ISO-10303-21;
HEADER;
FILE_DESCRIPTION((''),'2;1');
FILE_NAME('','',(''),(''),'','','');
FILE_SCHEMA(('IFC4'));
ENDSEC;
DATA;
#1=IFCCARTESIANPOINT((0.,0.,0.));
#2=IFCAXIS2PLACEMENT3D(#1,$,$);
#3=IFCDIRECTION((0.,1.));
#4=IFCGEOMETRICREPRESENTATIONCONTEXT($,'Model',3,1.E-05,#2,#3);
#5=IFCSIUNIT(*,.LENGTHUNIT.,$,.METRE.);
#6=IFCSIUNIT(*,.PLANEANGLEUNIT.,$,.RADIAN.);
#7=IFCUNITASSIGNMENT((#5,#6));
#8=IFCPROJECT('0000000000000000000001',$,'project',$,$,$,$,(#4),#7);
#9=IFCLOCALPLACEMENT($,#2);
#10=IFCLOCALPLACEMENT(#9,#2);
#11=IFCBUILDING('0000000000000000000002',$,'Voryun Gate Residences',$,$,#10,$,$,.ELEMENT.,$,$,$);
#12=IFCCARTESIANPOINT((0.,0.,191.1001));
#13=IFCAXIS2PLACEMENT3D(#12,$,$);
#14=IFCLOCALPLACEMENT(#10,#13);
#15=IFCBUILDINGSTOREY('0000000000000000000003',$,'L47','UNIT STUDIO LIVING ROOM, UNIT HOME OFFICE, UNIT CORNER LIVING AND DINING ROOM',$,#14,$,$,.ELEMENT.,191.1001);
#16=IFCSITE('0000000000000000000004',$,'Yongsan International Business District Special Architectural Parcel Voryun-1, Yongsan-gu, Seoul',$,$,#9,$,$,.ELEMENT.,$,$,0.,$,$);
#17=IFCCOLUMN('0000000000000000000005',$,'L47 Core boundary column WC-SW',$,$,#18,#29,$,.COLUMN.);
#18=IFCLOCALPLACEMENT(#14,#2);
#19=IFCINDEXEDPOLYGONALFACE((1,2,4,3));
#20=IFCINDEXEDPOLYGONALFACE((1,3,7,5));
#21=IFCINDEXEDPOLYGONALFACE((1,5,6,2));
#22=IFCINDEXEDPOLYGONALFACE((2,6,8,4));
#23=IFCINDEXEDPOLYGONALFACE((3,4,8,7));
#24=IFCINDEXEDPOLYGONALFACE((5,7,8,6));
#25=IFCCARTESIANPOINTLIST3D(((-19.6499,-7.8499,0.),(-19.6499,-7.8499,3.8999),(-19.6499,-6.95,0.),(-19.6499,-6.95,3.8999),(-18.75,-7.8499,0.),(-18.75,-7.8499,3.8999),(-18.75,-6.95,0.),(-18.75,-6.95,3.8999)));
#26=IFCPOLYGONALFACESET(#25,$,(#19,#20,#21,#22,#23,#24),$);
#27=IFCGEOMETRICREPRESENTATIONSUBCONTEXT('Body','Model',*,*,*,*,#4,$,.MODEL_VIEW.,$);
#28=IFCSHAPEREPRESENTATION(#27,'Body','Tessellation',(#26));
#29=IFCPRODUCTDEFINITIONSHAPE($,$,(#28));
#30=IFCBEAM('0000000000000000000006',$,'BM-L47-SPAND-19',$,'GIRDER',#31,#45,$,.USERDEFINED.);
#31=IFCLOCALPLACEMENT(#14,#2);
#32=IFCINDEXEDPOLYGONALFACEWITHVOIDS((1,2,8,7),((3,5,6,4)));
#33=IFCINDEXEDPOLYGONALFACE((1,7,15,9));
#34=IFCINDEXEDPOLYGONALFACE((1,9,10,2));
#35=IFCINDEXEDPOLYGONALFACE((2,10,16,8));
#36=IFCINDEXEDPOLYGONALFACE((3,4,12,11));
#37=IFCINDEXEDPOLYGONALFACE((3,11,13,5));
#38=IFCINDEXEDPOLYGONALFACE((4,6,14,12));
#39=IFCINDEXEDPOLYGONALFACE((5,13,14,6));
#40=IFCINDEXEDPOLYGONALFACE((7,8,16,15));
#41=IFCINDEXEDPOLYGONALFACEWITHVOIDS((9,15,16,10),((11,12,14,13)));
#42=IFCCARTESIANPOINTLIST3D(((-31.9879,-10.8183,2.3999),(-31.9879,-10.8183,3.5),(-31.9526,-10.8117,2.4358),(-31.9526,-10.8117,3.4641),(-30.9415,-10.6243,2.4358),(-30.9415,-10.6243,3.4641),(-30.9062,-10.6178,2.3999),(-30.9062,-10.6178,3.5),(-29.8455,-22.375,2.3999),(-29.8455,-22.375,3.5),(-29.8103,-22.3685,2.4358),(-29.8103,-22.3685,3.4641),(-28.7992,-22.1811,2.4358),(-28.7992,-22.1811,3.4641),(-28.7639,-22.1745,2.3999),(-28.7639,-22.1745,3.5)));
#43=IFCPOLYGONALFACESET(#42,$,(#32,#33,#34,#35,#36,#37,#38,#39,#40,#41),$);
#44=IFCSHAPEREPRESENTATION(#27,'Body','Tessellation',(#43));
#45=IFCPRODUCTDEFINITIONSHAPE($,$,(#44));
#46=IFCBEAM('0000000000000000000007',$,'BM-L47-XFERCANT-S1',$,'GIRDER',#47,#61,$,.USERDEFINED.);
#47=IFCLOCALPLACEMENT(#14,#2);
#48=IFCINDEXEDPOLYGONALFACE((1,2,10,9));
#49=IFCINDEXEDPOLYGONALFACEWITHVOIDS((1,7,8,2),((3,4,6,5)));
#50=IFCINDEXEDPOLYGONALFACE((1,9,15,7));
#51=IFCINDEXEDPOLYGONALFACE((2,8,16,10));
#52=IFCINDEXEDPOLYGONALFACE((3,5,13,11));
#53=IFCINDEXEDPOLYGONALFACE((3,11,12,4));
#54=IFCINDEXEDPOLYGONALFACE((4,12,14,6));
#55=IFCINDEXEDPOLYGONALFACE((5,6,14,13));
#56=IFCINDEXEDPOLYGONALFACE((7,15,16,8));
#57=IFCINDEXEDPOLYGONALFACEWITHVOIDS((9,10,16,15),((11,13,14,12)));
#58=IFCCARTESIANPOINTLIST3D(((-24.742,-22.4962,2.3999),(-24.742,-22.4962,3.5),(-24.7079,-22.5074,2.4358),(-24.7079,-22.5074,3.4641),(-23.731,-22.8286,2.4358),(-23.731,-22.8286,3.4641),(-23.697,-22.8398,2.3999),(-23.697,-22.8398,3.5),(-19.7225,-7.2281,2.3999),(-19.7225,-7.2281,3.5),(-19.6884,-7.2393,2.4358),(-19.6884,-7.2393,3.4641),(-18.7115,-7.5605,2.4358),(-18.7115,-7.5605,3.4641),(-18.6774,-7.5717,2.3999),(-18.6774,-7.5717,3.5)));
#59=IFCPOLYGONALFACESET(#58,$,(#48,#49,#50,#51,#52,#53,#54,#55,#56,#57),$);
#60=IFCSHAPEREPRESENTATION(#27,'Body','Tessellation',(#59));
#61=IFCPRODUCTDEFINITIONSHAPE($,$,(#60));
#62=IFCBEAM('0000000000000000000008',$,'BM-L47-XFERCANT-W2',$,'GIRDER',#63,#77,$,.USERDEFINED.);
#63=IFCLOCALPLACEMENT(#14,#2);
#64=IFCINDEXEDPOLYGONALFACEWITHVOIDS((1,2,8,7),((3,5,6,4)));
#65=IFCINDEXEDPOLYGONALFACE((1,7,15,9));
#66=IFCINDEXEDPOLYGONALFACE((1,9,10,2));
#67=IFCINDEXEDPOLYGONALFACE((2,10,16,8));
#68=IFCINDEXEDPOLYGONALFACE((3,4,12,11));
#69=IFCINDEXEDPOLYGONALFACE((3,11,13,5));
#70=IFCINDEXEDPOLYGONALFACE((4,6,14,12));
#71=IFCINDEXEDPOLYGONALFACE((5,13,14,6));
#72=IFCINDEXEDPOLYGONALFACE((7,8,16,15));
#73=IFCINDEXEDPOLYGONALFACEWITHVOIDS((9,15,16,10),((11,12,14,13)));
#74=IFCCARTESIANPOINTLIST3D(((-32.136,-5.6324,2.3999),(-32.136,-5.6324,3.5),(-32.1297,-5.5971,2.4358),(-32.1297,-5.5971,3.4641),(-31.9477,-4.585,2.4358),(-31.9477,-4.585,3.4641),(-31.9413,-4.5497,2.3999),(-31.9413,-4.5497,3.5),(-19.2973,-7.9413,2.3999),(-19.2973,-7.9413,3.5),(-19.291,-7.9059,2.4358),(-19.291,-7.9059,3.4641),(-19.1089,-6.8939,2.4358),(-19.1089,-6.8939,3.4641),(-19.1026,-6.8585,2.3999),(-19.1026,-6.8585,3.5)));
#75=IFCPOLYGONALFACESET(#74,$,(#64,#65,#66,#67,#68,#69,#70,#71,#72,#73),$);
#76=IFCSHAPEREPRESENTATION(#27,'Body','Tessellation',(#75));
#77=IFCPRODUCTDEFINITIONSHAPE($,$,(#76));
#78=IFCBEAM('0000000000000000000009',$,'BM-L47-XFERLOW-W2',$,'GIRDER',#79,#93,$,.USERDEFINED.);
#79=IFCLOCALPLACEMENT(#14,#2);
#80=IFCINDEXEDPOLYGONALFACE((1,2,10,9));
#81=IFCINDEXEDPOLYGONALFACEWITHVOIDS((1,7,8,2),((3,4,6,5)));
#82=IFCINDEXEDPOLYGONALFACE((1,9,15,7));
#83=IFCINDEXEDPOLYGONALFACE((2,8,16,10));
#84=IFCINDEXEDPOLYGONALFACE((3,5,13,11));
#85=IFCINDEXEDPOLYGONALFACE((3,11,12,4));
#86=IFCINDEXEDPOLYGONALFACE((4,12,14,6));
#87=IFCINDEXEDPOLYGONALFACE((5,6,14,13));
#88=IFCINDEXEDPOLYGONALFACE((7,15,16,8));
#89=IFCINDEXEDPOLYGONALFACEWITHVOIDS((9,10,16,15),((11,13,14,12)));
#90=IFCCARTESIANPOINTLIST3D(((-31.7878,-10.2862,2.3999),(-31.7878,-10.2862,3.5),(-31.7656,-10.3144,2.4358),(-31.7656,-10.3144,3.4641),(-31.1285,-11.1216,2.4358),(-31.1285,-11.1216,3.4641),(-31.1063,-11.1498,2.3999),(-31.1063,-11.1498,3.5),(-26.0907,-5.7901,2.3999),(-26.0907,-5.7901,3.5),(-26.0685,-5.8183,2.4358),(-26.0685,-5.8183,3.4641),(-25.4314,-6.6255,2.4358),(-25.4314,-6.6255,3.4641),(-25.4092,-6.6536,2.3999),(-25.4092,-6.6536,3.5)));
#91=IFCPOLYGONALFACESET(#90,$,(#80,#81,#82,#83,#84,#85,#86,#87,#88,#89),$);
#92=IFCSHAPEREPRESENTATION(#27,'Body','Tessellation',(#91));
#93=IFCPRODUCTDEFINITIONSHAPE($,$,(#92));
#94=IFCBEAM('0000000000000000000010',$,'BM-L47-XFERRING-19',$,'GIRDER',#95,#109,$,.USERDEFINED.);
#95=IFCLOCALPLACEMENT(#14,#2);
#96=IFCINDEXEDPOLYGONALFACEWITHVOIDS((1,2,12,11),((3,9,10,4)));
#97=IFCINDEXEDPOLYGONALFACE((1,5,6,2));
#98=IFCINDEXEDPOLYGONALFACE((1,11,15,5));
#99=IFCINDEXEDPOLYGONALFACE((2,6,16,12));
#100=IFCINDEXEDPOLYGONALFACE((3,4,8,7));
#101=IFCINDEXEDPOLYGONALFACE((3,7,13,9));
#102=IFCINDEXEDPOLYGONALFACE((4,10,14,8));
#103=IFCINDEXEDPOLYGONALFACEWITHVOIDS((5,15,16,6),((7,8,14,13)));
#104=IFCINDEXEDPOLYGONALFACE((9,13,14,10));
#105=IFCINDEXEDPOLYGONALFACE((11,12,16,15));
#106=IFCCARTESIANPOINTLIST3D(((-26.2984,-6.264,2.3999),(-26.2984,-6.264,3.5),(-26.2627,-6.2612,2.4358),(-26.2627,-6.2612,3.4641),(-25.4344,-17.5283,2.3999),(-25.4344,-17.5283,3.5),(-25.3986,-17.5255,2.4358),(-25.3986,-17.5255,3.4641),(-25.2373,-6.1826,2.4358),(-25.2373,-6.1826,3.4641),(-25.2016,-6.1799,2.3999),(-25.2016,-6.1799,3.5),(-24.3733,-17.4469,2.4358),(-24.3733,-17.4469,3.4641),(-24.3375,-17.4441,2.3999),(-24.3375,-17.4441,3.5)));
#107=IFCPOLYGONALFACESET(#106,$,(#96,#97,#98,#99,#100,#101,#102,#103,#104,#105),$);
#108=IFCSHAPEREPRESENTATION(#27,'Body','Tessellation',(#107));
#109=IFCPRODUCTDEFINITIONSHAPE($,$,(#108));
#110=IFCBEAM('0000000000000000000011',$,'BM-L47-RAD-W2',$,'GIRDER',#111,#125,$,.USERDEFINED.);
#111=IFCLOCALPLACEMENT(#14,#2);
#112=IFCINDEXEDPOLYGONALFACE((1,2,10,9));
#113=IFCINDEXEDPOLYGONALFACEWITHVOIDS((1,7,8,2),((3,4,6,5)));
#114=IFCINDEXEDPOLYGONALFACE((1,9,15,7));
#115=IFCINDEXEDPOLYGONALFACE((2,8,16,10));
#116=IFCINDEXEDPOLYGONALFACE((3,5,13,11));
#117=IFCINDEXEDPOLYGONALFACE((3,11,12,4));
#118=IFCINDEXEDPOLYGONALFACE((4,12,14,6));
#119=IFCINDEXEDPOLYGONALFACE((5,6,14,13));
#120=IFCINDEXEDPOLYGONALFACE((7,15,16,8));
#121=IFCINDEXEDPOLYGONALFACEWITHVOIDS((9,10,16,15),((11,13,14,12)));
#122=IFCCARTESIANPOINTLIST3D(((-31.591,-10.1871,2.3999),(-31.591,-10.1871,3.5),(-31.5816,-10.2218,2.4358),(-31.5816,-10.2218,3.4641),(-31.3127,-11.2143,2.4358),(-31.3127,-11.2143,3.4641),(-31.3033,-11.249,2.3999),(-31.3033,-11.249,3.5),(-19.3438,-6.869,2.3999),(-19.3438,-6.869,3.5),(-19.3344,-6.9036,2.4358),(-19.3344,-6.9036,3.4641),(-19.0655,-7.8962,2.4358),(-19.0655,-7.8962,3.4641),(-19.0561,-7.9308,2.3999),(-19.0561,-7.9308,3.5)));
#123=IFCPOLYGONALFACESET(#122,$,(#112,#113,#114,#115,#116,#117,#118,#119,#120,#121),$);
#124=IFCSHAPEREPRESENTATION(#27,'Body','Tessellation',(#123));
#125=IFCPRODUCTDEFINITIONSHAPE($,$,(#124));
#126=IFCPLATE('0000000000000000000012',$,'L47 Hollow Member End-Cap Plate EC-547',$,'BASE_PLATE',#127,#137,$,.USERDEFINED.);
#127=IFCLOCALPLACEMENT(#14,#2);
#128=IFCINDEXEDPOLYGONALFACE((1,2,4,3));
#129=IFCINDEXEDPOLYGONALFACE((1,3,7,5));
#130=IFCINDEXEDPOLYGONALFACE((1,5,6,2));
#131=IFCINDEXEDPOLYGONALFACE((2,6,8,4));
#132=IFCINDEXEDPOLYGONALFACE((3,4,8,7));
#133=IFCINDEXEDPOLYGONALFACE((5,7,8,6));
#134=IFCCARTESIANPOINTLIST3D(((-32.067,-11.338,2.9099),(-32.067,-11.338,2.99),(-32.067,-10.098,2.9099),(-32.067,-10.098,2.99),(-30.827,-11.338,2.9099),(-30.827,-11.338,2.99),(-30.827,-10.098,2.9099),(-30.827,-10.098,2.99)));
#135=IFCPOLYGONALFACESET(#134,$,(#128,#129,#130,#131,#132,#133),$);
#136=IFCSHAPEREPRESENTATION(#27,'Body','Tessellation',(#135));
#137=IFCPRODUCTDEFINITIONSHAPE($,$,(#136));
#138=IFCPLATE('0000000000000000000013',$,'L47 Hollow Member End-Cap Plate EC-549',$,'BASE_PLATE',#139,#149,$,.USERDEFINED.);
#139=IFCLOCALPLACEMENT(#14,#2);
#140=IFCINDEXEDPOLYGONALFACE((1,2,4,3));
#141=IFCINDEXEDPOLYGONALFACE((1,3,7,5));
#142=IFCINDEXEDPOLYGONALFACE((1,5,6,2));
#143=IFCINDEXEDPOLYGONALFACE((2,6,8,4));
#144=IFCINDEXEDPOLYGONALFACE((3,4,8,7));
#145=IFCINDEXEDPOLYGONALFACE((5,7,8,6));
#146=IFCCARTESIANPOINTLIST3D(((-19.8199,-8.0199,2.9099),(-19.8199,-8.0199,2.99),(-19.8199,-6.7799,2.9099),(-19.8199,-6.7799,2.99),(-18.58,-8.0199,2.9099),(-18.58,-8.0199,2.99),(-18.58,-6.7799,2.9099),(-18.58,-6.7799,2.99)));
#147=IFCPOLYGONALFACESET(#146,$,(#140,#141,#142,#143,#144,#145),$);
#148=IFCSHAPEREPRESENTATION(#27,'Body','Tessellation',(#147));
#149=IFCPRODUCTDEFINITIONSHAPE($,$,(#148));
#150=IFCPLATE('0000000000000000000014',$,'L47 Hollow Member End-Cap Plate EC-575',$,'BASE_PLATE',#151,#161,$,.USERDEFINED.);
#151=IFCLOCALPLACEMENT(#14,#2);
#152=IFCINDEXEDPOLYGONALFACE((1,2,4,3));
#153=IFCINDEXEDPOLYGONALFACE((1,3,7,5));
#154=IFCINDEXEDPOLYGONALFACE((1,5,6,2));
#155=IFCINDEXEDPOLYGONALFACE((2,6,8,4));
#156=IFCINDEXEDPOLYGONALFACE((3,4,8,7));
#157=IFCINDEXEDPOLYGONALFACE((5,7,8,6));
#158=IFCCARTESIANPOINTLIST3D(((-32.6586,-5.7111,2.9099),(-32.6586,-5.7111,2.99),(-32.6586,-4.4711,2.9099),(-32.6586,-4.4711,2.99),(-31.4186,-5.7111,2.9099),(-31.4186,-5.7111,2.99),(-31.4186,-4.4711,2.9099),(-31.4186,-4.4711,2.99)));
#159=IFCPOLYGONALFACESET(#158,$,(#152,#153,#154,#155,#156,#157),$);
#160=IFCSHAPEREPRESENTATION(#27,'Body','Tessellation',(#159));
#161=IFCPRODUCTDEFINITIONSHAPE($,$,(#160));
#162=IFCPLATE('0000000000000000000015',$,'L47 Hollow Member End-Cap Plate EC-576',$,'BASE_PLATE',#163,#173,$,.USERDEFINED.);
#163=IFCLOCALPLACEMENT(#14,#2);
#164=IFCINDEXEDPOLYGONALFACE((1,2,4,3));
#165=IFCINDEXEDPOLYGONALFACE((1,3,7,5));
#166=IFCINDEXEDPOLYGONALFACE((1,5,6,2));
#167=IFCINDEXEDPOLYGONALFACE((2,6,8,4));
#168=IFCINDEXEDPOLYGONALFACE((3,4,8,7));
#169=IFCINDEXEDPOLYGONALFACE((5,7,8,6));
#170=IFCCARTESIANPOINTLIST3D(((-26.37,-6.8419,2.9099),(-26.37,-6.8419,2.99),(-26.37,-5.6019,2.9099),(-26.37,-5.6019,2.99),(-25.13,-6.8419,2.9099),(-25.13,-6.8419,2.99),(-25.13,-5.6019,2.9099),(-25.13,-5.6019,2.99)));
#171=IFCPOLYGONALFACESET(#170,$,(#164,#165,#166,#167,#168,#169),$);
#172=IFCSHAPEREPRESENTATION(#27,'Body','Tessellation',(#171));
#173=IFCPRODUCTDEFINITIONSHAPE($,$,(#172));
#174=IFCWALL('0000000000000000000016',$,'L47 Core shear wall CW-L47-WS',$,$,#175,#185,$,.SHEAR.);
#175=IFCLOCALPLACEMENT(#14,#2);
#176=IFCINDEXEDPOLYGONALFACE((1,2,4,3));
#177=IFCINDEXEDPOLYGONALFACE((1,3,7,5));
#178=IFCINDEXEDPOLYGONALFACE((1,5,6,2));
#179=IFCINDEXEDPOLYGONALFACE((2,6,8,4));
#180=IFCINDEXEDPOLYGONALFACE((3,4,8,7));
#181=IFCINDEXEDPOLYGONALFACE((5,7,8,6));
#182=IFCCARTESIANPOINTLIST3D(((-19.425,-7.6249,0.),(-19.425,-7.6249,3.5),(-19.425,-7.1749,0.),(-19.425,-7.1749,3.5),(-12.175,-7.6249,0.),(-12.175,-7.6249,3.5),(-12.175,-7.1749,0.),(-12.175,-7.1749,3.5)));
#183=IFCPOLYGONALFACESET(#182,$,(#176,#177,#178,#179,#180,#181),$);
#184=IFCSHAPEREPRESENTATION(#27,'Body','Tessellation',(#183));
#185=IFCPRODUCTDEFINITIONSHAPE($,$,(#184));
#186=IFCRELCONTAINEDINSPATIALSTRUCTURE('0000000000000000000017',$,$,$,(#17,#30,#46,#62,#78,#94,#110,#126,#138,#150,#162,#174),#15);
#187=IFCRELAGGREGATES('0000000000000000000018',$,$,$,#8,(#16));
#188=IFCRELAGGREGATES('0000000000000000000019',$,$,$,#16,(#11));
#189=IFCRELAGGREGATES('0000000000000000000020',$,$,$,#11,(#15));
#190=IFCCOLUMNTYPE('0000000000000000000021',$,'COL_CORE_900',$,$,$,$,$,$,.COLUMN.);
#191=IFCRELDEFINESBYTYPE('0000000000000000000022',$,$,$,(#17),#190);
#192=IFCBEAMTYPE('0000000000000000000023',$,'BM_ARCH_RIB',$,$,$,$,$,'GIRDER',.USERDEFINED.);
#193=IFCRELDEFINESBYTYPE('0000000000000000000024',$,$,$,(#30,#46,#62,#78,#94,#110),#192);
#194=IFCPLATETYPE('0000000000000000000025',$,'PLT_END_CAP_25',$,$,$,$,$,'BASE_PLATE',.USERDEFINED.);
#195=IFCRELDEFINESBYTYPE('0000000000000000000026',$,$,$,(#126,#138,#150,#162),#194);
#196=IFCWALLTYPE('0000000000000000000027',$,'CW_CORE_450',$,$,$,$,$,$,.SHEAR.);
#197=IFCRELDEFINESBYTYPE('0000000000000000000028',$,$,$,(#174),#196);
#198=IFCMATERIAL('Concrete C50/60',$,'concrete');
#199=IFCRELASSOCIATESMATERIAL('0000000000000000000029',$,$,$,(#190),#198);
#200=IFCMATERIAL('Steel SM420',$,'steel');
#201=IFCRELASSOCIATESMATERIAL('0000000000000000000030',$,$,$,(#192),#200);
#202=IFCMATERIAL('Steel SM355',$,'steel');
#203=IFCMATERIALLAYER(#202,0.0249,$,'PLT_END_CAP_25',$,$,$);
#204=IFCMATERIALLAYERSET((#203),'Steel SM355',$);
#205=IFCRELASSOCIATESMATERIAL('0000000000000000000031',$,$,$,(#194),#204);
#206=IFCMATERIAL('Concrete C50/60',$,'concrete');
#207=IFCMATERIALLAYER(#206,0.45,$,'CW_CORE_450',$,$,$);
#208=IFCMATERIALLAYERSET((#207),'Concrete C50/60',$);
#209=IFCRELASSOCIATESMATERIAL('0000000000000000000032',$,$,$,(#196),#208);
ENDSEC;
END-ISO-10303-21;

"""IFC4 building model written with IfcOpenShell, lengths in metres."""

from ifc_helpers import new_model, si_unit, direction, frame, frame_2d, origin, origin_2d, place, context, subcontext, project, spatial, rectangle, hollow_rectangle, extrude, material, layer, layer_set, material_profile, profile_set, type_object, element, save


model = new_model("IFC4")

# Units and contexts
model_context = context("Model", 3, precision=1e-05, world=origin(), true_north=direction((0.0, 1.0)))
body_context = subcontext(model_context, "Body", "Model", "MODEL_VIEW")
ifc_project = project(units=[si_unit("LENGTHUNIT", "METRE"), si_unit("PLANEANGLEUNIT", "RADIAN")], contexts=[model_context])

# Site, building, storey
site_placement = place(None, origin())
site = spatial("IfcSite", under=ifc_project, at=site_placement, Name="Yongsan International Business District Special Architectural Parcel Voryun-1, Yongsan-gu, Seoul", CompositionType="ELEMENT", RefElevation=0.0)
building_placement = place(site_placement, origin())
building = spatial("IfcBuilding", under=site, at=building_placement, Name="Voryun Gate Residences", CompositionType="ELEMENT")
storey_placement = place(building_placement, frame((0.0, 0.0, 191.1001)))
storey = spatial("IfcBuildingStorey", under=building, at=storey_placement, Name="L47", Description="UNIT STUDIO LIVING ROOM, UNIT HOME OFFICE, UNIT CORNER LIVING AND DINING ROOM", CompositionType="ELEMENT", Elevation=191.1001)

# Column
ifc_material_1 = material(Name="Concrete C50/60", Category="concrete")
ifc_material_profile_1 = material_profile(ifc_material_1, rectangle(XDim=0.8999, YDim=0.8999, at=origin_2d()), Name="RC-900x900")
ifc_profile_set_1 = profile_set([ifc_material_profile_1], Name="Concrete C50/60")
column_type = type_object("IfcColumnType", Name="COL_CORE_900", PredefinedType="COLUMN", material=ifc_profile_set_1)
column_placement = place(storey_placement, frame((-19.2, -7.3999, 0.0), z_axis=(0.0, 0.0, 1.0), x_axis=(1.0, 0.0, 0.0)))
element("IfcColumn", 1, at=column_placement, inside=storey, type_object=column_type, Name="L47 Core boundary column WC-SW", PredefinedType="COLUMN", context=body_context, shape_type="SweptSolid", body=[
    extrude(rectangle(XDim=0.8999, YDim=0.8999, at=origin_2d()), origin(), (0.0, 0.0, 1.0), 3.8999),
])

# Beams
ifc_material_2 = material(Name="Steel SM420", Category="steel")
ifc_material_profile_2 = material_profile(ifc_material_2, hollow_rectangle(XDim=1.1001, YDim=1.1001, WallThickness=0.0359, at=origin_2d()), Name="BOX-1100x1100x36")
ifc_profile_set_2 = profile_set([ifc_material_profile_2], Name="Steel SM420")
beam_type = type_object("IfcBeamType", Name="BM_ARCH_RIB", ElementType="GIRDER", PredefinedType="USERDEFINED", material=ifc_profile_set_2)
beam_1_placement = place(storey_placement, frame((-31.447, -10.718, 2.95), z_axis=(0.182268, -0.983249, 0.0), x_axis=(0.983249, 0.182268, 0.0)))
element("IfcBeam", 2, at=beam_1_placement, inside=storey, type_object=beam_type, Name="BM-L47-SPAND-19", ObjectType="GIRDER", PredefinedType="USERDEFINED", context=body_context, shape_type="SweptSolid", body=[
    extrude(hollow_rectangle(XDim=1.1001, YDim=1.1001, WallThickness=0.0359, at=origin_2d()), origin(), (0.0, 0.0, 1.0), 11.7537),
])
beam_2_placement = place(storey_placement, frame((-19.2, -7.3999, 2.95), z_axis=(-0.312315, -0.949979, 0.0), x_axis=(0.949979, -0.312315, 0.0)))
element("IfcBeam", 3, at=beam_2_placement, inside=storey, type_object=beam_type, Name="BM-L47-XFERCANT-S1", ObjectType="GIRDER", PredefinedType="USERDEFINED", context=body_context, shape_type="SweptSolid", body=[
    extrude(hollow_rectangle(XDim=1.1001, YDim=1.1001, WallThickness=0.0359, at=origin_2d()), origin(), (0.0, 0.0, 1.0), 16.072),
])
beam_3_placement = place(storey_placement, frame((-19.2, -7.3999, 2.95), z_axis=(-0.984212, 0.176996, 0.0), x_axis=(-0.176996, -0.984212, 0.0)))
element("IfcBeam", 4, at=beam_3_placement, inside=storey, type_object=beam_type, Name="BM-L47-XFERCANT-W2", ObjectType="GIRDER", PredefinedType="USERDEFINED", context=body_context, shape_type="SweptSolid", body=[
    extrude(hollow_rectangle(XDim=1.1001, YDim=1.1001, WallThickness=0.0359, at=origin_2d()), origin(), (0.0, 0.0, 1.0), 13.0447),
])
beam_4_placement = place(storey_placement, frame((-31.447, -10.718, 2.95), z_axis=(0.784987, 0.619512, 0.0), x_axis=(-0.619512, 0.784987, 0.0)))
element("IfcBeam", 5, at=beam_4_placement, inside=storey, type_object=beam_type, Name="BM-L47-XFERLOW-W2", ObjectType="GIRDER", PredefinedType="USERDEFINED", context=body_context, shape_type="SweptSolid", body=[
    extrude(hollow_rectangle(XDim=1.1001, YDim=1.1001, WallThickness=0.0359, at=origin_2d()), origin(), (0.0, 0.0, 1.0), 7.2576),
])
beam_5_placement = place(storey_placement, frame((-25.75, -6.2219, 2.95), z_axis=(0.07648, -0.997071, 0.0), x_axis=(0.997071, 0.07648, 0.0)))
element("IfcBeam", 6, at=beam_5_placement, inside=storey, type_object=beam_type, Name="BM-L47-XFERRING-19", ObjectType="GIRDER", PredefinedType="USERDEFINED", context=body_context, shape_type="SweptSolid", body=[
    extrude(hollow_rectangle(XDim=1.1001, YDim=1.1001, WallThickness=0.0359, at=origin_2d()), origin(), (0.0, 0.0, 1.0), 11.2974),
])
beam_6_placement = place(storey_placement, frame((-19.2, -7.3999, 2.95), z_axis=(-0.965202, -0.261504, 0.0), x_axis=(0.261504, -0.965202, 0.0)))
element("IfcBeam", 7, at=beam_6_placement, inside=storey, type_object=beam_type, Name="BM-L47-RAD-W2", ObjectType="GIRDER", PredefinedType="USERDEFINED", context=body_context, shape_type="SweptSolid", body=[
    extrude(hollow_rectangle(XDim=1.1001, YDim=1.1001, WallThickness=0.0359, at=origin_2d()), origin(), (0.0, 0.0, 1.0), 12.6887),
])

# Plates
ifc_material_3 = material(Name="Steel SM355", Category="steel")
ifc_layer_1 = layer(ifc_material_3, 0.0249, Name="PLT_END_CAP_25")
ifc_layer_set_1 = layer_set([ifc_layer_1], Name="Steel SM355")
plate_type = type_object("IfcPlateType", Name="PLT_END_CAP_25", ElementType="BASE_PLATE", PredefinedType="USERDEFINED", material=ifc_layer_set_1)
for number, where, z_axis, x_axis, name in (
    (8, (-31.447, -10.718, 2.9099), (0.0, 0.0, 1.0), (1.0, 0.0, 0.0), "L47 Hollow Member End-Cap Plate EC-547"),
    (9, (-19.2, -7.3999, 2.9099), (0.0, 0.0, 1.0), (1.0, 0.0, 0.0), "L47 Hollow Member End-Cap Plate EC-549"),
    (10, (-32.0386, -5.0911, 2.9099), (0.0, 0.0, 1.0), (1.0, 0.0, 0.0), "L47 Hollow Member End-Cap Plate EC-575"),
    (11, (-25.75, -6.2219, 2.9099), (0.0, 0.0, 1.0), (1.0, 0.0, 0.0), "L47 Hollow Member End-Cap Plate EC-576"),
):
    element("IfcPlate", number, at=place(storey_placement, frame(where, z_axis=z_axis, x_axis=x_axis)), inside=storey, type_object=plate_type, Name=name, ObjectType="BASE_PLATE", PredefinedType="USERDEFINED", context=body_context, shape_type="SweptSolid", body=[
        extrude(rectangle(XDim=1.24, YDim=1.24, at=origin_2d()), origin(), (0.0, 0.0, 1.0), 0.0801),
    ])

# Wall
ifc_material_4 = material(Name="Concrete C50/60", Category="concrete")
ifc_layer_2 = layer(ifc_material_4, 0.45, Name="CW_CORE_450")
ifc_layer_set_2 = layer_set([ifc_layer_2], Name="Concrete C50/60")
wall_type_1 = type_object("IfcWallType", Name="CW_CORE_450", PredefinedType="SHEAR", material=ifc_layer_set_2)
wall_1_placement = place(storey_placement, frame((-19.425, -7.3999, 0.0), z_axis=(0.0, 0.0, 1.0), x_axis=(1.0, 0.0, 0.0)))
element("IfcWall", 12, at=wall_1_placement, inside=storey, type_object=wall_type_1, Name="L47 Core shear wall CW-L47-WS", PredefinedType="SHEAR", context=body_context, shape_type="SweptSolid", body=[
    extrude(rectangle(XDim=7.25, YDim=0.45, at=frame_2d((3.625, 0.0))), origin(), (0.0, 0.0, 1.0), 3.5),
])

save(model, "model.ifc")
